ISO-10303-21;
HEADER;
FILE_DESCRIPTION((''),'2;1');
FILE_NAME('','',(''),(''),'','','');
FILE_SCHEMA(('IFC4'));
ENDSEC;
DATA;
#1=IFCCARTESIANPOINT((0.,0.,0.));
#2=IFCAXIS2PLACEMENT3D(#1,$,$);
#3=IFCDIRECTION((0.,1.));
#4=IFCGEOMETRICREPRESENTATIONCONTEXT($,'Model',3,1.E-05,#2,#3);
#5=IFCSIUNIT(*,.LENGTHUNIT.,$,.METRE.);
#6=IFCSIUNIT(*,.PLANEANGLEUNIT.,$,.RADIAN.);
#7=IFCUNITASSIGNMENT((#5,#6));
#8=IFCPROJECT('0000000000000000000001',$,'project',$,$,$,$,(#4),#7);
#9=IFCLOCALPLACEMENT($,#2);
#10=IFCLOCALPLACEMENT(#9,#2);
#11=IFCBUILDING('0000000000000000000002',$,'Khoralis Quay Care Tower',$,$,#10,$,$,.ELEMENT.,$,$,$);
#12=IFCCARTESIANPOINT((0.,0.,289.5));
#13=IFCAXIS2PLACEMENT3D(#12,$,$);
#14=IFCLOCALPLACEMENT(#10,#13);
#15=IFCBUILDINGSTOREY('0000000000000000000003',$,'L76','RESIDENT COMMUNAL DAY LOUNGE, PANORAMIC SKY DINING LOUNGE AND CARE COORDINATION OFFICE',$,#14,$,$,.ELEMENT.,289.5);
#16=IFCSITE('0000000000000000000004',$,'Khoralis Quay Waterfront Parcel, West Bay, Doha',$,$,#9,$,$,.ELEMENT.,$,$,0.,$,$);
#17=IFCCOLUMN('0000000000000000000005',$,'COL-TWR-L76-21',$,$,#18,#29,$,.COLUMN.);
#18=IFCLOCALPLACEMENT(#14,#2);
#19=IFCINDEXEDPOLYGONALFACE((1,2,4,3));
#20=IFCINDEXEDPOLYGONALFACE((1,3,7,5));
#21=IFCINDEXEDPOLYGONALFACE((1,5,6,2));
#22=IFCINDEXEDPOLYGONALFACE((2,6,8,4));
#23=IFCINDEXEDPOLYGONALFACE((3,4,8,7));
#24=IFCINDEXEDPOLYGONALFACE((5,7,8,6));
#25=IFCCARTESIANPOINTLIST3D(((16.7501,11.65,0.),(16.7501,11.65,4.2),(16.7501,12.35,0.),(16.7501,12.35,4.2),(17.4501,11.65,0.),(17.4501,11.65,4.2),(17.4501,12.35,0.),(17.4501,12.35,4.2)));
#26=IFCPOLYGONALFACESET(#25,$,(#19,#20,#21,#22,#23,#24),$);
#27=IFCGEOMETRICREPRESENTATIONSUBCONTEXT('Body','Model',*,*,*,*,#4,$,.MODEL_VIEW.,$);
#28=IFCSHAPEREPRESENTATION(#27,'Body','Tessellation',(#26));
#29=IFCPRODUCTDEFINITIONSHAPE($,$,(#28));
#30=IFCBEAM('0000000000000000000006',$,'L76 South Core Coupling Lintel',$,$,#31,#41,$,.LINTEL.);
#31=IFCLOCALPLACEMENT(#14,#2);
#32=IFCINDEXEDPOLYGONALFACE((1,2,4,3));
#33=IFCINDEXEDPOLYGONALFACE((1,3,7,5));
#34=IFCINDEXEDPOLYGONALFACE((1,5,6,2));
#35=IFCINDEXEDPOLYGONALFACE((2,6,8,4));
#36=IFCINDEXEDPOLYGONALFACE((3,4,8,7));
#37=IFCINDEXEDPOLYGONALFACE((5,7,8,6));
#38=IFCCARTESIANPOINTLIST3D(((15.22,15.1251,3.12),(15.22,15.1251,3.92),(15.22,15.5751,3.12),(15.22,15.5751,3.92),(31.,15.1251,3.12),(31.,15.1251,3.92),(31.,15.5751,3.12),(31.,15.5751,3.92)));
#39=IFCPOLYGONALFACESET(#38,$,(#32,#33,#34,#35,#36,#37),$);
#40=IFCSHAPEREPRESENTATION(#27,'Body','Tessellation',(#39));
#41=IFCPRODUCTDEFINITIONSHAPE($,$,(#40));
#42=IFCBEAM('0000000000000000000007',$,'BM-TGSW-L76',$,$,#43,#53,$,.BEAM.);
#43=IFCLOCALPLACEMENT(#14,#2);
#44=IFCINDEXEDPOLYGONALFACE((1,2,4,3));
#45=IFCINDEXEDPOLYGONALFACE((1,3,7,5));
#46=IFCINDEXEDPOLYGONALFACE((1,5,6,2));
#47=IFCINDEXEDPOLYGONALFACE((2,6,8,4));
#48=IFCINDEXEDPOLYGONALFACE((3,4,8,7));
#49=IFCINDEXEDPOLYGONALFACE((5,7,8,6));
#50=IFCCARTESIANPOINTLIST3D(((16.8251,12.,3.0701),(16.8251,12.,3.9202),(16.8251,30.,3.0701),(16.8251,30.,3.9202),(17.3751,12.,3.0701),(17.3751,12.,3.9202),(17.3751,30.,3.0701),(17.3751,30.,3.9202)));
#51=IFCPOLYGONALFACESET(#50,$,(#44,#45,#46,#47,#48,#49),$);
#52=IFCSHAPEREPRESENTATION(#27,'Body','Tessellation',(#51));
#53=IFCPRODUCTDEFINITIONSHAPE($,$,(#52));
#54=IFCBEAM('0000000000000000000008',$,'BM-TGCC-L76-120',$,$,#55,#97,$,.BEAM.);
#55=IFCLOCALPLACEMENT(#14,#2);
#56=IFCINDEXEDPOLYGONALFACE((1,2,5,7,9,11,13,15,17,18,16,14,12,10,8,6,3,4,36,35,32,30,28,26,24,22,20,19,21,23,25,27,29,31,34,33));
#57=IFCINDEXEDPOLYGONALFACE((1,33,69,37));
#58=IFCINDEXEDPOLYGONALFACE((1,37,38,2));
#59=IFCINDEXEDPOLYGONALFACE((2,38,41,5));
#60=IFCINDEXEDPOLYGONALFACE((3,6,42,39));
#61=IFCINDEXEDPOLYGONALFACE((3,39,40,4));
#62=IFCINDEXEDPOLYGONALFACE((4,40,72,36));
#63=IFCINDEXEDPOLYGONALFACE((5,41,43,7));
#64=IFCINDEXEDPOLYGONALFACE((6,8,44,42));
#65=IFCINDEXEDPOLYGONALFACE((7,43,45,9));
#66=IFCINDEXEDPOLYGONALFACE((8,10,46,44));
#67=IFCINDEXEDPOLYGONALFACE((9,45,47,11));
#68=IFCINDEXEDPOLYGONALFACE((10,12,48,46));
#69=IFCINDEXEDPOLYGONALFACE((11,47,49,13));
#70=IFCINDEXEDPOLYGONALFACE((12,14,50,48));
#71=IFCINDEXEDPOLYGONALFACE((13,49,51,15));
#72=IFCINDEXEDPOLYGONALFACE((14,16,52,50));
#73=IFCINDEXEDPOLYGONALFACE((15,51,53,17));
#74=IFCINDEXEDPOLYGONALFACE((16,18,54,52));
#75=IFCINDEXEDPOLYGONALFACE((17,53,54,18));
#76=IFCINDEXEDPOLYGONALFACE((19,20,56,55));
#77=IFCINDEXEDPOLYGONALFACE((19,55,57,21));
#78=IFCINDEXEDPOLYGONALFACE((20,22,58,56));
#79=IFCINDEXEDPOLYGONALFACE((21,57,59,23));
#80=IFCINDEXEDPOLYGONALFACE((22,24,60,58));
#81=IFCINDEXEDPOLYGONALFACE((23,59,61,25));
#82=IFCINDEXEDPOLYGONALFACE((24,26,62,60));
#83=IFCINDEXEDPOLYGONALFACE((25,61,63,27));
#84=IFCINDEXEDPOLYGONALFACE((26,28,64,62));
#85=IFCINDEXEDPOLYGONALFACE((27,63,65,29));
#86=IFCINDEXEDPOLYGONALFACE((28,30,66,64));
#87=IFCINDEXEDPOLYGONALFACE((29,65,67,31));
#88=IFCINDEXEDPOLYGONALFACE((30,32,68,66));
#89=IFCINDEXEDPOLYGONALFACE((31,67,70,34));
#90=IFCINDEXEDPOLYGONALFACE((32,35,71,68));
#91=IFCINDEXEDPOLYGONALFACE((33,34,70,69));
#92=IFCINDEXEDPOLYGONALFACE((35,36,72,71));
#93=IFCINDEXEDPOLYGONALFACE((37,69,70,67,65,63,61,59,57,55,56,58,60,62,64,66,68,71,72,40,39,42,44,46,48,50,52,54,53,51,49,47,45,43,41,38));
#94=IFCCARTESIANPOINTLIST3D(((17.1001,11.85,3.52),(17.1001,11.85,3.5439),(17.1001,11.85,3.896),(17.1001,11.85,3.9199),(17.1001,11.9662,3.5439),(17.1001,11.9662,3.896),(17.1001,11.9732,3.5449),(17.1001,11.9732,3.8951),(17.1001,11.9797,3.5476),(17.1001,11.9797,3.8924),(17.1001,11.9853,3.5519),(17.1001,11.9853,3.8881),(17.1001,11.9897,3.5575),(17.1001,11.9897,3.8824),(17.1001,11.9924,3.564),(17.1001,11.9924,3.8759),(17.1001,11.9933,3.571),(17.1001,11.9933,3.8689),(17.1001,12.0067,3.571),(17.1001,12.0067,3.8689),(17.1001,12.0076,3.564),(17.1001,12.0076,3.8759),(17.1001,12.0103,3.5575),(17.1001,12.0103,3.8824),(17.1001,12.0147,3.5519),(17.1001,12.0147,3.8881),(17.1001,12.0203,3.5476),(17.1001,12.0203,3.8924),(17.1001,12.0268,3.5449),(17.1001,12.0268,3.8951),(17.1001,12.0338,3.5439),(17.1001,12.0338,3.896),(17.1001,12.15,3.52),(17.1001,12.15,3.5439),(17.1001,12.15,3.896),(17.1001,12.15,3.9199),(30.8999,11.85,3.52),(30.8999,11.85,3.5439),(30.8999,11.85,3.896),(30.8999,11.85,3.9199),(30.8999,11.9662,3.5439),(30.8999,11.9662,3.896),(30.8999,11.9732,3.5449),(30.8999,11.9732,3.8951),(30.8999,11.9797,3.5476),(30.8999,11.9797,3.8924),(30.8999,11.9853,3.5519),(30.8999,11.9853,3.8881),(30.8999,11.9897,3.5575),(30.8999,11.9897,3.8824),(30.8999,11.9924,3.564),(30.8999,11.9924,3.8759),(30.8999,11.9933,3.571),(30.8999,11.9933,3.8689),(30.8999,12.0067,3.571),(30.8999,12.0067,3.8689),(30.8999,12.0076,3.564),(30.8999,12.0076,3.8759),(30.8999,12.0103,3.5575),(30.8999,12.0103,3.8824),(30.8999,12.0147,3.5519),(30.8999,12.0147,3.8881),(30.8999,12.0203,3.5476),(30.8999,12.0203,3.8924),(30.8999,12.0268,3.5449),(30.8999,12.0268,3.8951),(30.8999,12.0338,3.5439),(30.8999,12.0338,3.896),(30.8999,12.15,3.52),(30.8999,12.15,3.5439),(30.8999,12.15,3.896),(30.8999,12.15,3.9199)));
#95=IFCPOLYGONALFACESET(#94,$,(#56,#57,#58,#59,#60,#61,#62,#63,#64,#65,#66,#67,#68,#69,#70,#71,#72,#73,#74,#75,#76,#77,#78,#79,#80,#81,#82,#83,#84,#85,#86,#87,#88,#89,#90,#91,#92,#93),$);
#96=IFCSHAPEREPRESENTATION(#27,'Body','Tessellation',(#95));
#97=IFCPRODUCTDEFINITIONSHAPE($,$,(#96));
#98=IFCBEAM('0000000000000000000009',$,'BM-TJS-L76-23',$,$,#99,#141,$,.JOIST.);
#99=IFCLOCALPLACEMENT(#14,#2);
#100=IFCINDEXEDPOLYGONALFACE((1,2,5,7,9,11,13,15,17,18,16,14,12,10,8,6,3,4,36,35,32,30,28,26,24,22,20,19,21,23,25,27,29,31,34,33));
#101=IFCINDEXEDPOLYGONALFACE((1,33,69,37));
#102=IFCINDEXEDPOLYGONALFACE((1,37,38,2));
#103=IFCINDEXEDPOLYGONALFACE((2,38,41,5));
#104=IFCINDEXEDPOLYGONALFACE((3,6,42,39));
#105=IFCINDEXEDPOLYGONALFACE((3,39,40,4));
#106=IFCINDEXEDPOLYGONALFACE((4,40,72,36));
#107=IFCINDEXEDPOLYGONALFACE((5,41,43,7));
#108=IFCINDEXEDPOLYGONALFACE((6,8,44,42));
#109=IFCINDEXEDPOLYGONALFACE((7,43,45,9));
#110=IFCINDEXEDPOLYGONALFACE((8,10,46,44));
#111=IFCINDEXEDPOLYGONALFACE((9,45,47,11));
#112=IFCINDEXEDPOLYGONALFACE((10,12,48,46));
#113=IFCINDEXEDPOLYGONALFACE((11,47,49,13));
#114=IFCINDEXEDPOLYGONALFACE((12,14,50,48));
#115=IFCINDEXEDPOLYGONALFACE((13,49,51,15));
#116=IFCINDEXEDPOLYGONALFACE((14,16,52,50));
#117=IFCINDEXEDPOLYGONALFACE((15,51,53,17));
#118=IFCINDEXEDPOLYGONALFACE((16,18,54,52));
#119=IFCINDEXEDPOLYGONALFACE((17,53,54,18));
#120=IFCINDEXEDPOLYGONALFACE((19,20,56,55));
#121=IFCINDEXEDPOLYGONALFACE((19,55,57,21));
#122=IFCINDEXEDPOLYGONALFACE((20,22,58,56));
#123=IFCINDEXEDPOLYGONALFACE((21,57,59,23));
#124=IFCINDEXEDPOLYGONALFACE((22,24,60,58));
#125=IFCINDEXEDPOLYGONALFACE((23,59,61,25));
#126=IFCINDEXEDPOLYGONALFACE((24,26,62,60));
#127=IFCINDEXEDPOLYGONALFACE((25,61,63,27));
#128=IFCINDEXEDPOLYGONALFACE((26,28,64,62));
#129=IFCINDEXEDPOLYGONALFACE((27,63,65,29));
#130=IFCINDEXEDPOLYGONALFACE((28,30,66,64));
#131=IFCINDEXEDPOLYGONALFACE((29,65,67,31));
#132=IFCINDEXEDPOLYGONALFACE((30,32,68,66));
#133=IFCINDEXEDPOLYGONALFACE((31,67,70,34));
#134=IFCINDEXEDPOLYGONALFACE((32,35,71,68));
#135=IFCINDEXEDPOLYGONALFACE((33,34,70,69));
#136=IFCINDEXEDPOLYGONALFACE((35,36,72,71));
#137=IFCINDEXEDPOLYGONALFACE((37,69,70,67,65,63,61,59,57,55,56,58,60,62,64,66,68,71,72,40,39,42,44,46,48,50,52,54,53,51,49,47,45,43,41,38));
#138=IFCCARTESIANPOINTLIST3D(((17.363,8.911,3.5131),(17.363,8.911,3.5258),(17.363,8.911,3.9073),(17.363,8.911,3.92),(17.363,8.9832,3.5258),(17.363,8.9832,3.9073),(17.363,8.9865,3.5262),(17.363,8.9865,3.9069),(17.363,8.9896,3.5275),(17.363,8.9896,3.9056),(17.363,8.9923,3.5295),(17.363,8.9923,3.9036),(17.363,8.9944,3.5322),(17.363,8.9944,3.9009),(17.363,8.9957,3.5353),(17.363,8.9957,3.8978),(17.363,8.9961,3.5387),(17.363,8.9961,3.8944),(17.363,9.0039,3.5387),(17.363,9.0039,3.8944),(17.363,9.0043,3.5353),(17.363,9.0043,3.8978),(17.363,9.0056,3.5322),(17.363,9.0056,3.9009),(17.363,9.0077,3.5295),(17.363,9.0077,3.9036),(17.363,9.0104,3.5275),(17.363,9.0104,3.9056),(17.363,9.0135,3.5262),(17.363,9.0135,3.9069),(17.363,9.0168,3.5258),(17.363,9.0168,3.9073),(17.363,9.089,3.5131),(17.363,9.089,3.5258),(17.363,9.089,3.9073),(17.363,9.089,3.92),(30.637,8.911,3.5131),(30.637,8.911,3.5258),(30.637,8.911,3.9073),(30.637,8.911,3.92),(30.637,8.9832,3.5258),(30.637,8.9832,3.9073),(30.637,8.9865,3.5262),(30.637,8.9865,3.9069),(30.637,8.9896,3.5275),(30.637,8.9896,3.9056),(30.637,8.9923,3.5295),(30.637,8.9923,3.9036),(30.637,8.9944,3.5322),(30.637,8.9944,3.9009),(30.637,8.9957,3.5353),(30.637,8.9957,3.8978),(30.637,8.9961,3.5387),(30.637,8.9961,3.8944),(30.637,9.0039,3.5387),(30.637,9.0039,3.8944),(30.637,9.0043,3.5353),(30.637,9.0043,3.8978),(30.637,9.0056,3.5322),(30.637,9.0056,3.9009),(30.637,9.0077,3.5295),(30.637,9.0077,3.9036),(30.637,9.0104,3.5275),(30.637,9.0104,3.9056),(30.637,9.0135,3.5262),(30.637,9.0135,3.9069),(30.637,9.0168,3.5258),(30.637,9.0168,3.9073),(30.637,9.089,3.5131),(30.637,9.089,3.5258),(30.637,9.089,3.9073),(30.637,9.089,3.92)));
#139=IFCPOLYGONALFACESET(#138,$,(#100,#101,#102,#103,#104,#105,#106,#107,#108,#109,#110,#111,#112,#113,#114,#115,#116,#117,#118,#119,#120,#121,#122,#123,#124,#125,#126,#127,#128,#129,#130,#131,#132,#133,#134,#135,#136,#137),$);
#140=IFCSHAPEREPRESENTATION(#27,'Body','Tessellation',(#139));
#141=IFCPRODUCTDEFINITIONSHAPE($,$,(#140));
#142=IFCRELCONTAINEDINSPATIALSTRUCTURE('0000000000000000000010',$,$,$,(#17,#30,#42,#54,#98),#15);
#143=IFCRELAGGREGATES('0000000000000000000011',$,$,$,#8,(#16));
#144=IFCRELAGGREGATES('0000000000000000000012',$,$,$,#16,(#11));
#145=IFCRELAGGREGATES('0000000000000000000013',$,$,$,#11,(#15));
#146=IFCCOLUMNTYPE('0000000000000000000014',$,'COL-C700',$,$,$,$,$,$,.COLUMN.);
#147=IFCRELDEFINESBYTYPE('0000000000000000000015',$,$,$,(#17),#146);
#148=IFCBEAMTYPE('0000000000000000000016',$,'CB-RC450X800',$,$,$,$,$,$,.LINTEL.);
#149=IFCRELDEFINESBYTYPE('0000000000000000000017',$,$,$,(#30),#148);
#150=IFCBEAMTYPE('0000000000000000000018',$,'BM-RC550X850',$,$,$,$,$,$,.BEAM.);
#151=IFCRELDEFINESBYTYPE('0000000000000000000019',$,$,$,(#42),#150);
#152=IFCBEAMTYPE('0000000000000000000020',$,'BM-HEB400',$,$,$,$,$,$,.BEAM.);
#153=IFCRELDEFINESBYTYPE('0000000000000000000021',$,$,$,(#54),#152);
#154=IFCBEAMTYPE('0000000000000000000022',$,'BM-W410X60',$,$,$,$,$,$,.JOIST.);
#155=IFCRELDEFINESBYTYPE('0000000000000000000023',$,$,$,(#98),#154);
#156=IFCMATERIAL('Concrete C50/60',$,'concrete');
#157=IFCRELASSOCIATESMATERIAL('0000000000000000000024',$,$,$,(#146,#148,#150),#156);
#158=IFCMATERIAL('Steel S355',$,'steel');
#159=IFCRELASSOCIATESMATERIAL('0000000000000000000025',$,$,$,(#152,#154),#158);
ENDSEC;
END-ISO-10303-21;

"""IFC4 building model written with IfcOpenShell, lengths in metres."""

from ifc_helpers import new_model, si_unit, direction, frame, origin, origin_2d, place, context, subcontext, project, spatial, rectangle, i_section, extrude, source, transform, mapped, material, material_profile, profile_set, type_object, element, save


model = new_model("IFC4")

# Units and contexts
model_context = context("Model", 3, precision=1e-05, world=origin(), true_north=direction((0.0, 1.0)))
body_context = subcontext(model_context, "Body", "Model", "MODEL_VIEW")
ifc_project = project(units=[si_unit("LENGTHUNIT", "METRE"), si_unit("PLANEANGLEUNIT", "RADIAN")], contexts=[model_context])

# Site, building, storey
site_placement = place(None, origin())
site = spatial("IfcSite", under=ifc_project, at=site_placement, Name="Khoralis Quay Waterfront Parcel, West Bay, Doha", CompositionType="ELEMENT", RefElevation=0.0)
building_placement = place(site_placement, origin())
building = spatial("IfcBuilding", under=site, at=building_placement, Name="Khoralis Quay Care Tower", CompositionType="ELEMENT")
storey_placement = place(building_placement, frame((0.0, 0.0, 289.5)))
storey = spatial("IfcBuildingStorey", under=building, at=storey_placement, Name="L76", Description="RESIDENT COMMUNAL DAY LOUNGE, PANORAMIC SKY DINING LOUNGE AND CARE COORDINATION OFFICE", CompositionType="ELEMENT", Elevation=289.5)

# Column
ifc_material_1 = material(Name="Concrete C50/60", Category="concrete")
ifc_material_profile_1 = material_profile(ifc_material_1, rectangle(XDim=0.7, YDim=0.7, at=origin_2d()), Name="Concrete C50/60")
ifc_profile_set_1 = profile_set([ifc_material_profile_1], Name="Concrete C50/60")
column_type = type_object("IfcColumnType", Name="COL-C700", PredefinedType="COLUMN", material=ifc_profile_set_1)
shared_shape_1 = source(origin(), body_context, "Body", "SweptSolid", [
    extrude(rectangle(XDim=0.7, YDim=0.7, at=origin_2d()), origin(), (0.0, 0.0, 1.0), 4.2),
])
column_placement = place(storey_placement, frame((17.1001, 12.0, 0.0), z_axis=(0.0, 0.0, 1.0), x_axis=(1.0, 0.0, 0.0)))
element("IfcColumn", 1, at=column_placement, inside=storey, type_object=column_type, Name="COL-TWR-L76-21", PredefinedType="COLUMN", context=body_context, shape_type="MappedRepresentation", body=[
    mapped(shared_shape_1, transform((0.0, 0.0, 0.0), scale=1.0)),
])

# Beams
ifc_material_profile_2 = material_profile(ifc_material_1, rectangle(XDim=0.45, YDim=0.8, at=origin_2d()), Name="Concrete C50/60")
ifc_profile_set_2 = profile_set([ifc_material_profile_2], Name="Concrete C50/60")
beam_type_1 = type_object("IfcBeamType", Name="CB-RC450X800", PredefinedType="LINTEL", material=ifc_profile_set_2)
shared_shape_2 = source(origin(), body_context, "Body", "SweptSolid", [
    extrude(rectangle(XDim=0.45, YDim=0.8, at=origin_2d()), origin(), (0.0, 0.0, 1.0), 15.78),
])
beam_1_placement = place(storey_placement, frame((15.22, 15.3501, 3.52), z_axis=(1.0, 0.0, 0.0), x_axis=(0.0, 1.0, 0.0)))
element("IfcBeam", 2, at=beam_1_placement, inside=storey, type_object=beam_type_1, Name="L76 South Core Coupling Lintel", PredefinedType="LINTEL", context=body_context, shape_type="MappedRepresentation", body=[
    mapped(shared_shape_2, transform((0.0, 0.0, 0.0), scale=1.0)),
])
ifc_material_profile_3 = material_profile(ifc_material_1, rectangle(XDim=0.55, YDim=0.8501, at=origin_2d()), Name="Concrete C50/60")
ifc_profile_set_3 = profile_set([ifc_material_profile_3], Name="Concrete C50/60")
beam_type_2 = type_object("IfcBeamType", Name="BM-RC550X850", PredefinedType="BEAM", material=ifc_profile_set_3)
shared_shape_3 = source(origin(), body_context, "Body", "SweptSolid", [
    extrude(rectangle(XDim=0.55, YDim=0.8501, at=origin_2d()), origin(), (0.0, 0.0, 1.0), 18.0),
])
beam_2_placement = place(storey_placement, frame((17.1001, 12.0, 3.4951), z_axis=(0.0, 1.0, 0.0), x_axis=(-1.0, 0.0, 0.0)))
element("IfcBeam", 3, at=beam_2_placement, inside=storey, type_object=beam_type_2, Name="BM-TGSW-L76", PredefinedType="BEAM", context=body_context, shape_type="MappedRepresentation", body=[
    mapped(shared_shape_3, transform((0.0, 0.0, 0.0), scale=1.0)),
])
ifc_material_2 = material(Name="Steel S355", Category="steel")
ifc_material_profile_4 = material_profile(ifc_material_2, i_section(OverallWidth=0.3, OverallDepth=0.3999, WebThickness=0.0134, FlangeThickness=0.0239, FilletRadius=0.0271, at=origin_2d()), Name="Steel S355")
ifc_profile_set_4 = profile_set([ifc_material_profile_4], Name="Steel S355")
beam_type_3 = type_object("IfcBeamType", Name="BM-HEB400", PredefinedType="BEAM", material=ifc_profile_set_4)
shared_shape_4 = source(origin(), body_context, "Body", "SweptSolid", [
    extrude(i_section(OverallWidth=0.3, OverallDepth=0.3999, WebThickness=0.0134, FlangeThickness=0.0239, FilletRadius=0.0271, at=origin_2d()), origin(), (0.0, 0.0, 1.0), 13.7998),
])
beam_3_placement = place(storey_placement, frame((17.1001, 12.0, 3.72), z_axis=(1.0, 0.0, 0.0), x_axis=(0.0, 1.0, 0.0)))
element("IfcBeam", 4, at=beam_3_placement, inside=storey, type_object=beam_type_3, Name="BM-TGCC-L76-120", PredefinedType="BEAM", context=body_context, shape_type="MappedRepresentation", body=[
    mapped(shared_shape_4, transform((0.0, 0.0, 0.0), scale=1.0)),
])
ifc_material_profile_5 = material_profile(ifc_material_2, i_section(OverallWidth=0.178, OverallDepth=0.407, WebThickness=0.0078, FlangeThickness=0.0127, FilletRadius=0.0129, at=origin_2d()), Name="Steel S355")
ifc_profile_set_5 = profile_set([ifc_material_profile_5], Name="Steel S355")
beam_type_4 = type_object("IfcBeamType", Name="BM-W410X60", PredefinedType="JOIST", material=ifc_profile_set_5)
shared_shape_5 = source(origin(), body_context, "Body", "SweptSolid", [
    extrude(i_section(OverallWidth=0.178, OverallDepth=0.407, WebThickness=0.0078, FlangeThickness=0.0127, FilletRadius=0.0129, at=origin_2d()), origin(), (0.0, 0.0, 1.0), 13.2739),
])
beam_4_placement = place(storey_placement, frame((17.363, 9.0, 3.7166), z_axis=(1.0, 0.0, 0.0), x_axis=(0.0, 1.0, 0.0)))
element("IfcBeam", 5, at=beam_4_placement, inside=storey, type_object=beam_type_4, Name="BM-TJS-L76-23", PredefinedType="JOIST", context=body_context, shape_type="MappedRepresentation", body=[
    mapped(shared_shape_5, transform((0.0, 0.0, 0.0), scale=1.0)),
])

save(model, "model.ifc")
